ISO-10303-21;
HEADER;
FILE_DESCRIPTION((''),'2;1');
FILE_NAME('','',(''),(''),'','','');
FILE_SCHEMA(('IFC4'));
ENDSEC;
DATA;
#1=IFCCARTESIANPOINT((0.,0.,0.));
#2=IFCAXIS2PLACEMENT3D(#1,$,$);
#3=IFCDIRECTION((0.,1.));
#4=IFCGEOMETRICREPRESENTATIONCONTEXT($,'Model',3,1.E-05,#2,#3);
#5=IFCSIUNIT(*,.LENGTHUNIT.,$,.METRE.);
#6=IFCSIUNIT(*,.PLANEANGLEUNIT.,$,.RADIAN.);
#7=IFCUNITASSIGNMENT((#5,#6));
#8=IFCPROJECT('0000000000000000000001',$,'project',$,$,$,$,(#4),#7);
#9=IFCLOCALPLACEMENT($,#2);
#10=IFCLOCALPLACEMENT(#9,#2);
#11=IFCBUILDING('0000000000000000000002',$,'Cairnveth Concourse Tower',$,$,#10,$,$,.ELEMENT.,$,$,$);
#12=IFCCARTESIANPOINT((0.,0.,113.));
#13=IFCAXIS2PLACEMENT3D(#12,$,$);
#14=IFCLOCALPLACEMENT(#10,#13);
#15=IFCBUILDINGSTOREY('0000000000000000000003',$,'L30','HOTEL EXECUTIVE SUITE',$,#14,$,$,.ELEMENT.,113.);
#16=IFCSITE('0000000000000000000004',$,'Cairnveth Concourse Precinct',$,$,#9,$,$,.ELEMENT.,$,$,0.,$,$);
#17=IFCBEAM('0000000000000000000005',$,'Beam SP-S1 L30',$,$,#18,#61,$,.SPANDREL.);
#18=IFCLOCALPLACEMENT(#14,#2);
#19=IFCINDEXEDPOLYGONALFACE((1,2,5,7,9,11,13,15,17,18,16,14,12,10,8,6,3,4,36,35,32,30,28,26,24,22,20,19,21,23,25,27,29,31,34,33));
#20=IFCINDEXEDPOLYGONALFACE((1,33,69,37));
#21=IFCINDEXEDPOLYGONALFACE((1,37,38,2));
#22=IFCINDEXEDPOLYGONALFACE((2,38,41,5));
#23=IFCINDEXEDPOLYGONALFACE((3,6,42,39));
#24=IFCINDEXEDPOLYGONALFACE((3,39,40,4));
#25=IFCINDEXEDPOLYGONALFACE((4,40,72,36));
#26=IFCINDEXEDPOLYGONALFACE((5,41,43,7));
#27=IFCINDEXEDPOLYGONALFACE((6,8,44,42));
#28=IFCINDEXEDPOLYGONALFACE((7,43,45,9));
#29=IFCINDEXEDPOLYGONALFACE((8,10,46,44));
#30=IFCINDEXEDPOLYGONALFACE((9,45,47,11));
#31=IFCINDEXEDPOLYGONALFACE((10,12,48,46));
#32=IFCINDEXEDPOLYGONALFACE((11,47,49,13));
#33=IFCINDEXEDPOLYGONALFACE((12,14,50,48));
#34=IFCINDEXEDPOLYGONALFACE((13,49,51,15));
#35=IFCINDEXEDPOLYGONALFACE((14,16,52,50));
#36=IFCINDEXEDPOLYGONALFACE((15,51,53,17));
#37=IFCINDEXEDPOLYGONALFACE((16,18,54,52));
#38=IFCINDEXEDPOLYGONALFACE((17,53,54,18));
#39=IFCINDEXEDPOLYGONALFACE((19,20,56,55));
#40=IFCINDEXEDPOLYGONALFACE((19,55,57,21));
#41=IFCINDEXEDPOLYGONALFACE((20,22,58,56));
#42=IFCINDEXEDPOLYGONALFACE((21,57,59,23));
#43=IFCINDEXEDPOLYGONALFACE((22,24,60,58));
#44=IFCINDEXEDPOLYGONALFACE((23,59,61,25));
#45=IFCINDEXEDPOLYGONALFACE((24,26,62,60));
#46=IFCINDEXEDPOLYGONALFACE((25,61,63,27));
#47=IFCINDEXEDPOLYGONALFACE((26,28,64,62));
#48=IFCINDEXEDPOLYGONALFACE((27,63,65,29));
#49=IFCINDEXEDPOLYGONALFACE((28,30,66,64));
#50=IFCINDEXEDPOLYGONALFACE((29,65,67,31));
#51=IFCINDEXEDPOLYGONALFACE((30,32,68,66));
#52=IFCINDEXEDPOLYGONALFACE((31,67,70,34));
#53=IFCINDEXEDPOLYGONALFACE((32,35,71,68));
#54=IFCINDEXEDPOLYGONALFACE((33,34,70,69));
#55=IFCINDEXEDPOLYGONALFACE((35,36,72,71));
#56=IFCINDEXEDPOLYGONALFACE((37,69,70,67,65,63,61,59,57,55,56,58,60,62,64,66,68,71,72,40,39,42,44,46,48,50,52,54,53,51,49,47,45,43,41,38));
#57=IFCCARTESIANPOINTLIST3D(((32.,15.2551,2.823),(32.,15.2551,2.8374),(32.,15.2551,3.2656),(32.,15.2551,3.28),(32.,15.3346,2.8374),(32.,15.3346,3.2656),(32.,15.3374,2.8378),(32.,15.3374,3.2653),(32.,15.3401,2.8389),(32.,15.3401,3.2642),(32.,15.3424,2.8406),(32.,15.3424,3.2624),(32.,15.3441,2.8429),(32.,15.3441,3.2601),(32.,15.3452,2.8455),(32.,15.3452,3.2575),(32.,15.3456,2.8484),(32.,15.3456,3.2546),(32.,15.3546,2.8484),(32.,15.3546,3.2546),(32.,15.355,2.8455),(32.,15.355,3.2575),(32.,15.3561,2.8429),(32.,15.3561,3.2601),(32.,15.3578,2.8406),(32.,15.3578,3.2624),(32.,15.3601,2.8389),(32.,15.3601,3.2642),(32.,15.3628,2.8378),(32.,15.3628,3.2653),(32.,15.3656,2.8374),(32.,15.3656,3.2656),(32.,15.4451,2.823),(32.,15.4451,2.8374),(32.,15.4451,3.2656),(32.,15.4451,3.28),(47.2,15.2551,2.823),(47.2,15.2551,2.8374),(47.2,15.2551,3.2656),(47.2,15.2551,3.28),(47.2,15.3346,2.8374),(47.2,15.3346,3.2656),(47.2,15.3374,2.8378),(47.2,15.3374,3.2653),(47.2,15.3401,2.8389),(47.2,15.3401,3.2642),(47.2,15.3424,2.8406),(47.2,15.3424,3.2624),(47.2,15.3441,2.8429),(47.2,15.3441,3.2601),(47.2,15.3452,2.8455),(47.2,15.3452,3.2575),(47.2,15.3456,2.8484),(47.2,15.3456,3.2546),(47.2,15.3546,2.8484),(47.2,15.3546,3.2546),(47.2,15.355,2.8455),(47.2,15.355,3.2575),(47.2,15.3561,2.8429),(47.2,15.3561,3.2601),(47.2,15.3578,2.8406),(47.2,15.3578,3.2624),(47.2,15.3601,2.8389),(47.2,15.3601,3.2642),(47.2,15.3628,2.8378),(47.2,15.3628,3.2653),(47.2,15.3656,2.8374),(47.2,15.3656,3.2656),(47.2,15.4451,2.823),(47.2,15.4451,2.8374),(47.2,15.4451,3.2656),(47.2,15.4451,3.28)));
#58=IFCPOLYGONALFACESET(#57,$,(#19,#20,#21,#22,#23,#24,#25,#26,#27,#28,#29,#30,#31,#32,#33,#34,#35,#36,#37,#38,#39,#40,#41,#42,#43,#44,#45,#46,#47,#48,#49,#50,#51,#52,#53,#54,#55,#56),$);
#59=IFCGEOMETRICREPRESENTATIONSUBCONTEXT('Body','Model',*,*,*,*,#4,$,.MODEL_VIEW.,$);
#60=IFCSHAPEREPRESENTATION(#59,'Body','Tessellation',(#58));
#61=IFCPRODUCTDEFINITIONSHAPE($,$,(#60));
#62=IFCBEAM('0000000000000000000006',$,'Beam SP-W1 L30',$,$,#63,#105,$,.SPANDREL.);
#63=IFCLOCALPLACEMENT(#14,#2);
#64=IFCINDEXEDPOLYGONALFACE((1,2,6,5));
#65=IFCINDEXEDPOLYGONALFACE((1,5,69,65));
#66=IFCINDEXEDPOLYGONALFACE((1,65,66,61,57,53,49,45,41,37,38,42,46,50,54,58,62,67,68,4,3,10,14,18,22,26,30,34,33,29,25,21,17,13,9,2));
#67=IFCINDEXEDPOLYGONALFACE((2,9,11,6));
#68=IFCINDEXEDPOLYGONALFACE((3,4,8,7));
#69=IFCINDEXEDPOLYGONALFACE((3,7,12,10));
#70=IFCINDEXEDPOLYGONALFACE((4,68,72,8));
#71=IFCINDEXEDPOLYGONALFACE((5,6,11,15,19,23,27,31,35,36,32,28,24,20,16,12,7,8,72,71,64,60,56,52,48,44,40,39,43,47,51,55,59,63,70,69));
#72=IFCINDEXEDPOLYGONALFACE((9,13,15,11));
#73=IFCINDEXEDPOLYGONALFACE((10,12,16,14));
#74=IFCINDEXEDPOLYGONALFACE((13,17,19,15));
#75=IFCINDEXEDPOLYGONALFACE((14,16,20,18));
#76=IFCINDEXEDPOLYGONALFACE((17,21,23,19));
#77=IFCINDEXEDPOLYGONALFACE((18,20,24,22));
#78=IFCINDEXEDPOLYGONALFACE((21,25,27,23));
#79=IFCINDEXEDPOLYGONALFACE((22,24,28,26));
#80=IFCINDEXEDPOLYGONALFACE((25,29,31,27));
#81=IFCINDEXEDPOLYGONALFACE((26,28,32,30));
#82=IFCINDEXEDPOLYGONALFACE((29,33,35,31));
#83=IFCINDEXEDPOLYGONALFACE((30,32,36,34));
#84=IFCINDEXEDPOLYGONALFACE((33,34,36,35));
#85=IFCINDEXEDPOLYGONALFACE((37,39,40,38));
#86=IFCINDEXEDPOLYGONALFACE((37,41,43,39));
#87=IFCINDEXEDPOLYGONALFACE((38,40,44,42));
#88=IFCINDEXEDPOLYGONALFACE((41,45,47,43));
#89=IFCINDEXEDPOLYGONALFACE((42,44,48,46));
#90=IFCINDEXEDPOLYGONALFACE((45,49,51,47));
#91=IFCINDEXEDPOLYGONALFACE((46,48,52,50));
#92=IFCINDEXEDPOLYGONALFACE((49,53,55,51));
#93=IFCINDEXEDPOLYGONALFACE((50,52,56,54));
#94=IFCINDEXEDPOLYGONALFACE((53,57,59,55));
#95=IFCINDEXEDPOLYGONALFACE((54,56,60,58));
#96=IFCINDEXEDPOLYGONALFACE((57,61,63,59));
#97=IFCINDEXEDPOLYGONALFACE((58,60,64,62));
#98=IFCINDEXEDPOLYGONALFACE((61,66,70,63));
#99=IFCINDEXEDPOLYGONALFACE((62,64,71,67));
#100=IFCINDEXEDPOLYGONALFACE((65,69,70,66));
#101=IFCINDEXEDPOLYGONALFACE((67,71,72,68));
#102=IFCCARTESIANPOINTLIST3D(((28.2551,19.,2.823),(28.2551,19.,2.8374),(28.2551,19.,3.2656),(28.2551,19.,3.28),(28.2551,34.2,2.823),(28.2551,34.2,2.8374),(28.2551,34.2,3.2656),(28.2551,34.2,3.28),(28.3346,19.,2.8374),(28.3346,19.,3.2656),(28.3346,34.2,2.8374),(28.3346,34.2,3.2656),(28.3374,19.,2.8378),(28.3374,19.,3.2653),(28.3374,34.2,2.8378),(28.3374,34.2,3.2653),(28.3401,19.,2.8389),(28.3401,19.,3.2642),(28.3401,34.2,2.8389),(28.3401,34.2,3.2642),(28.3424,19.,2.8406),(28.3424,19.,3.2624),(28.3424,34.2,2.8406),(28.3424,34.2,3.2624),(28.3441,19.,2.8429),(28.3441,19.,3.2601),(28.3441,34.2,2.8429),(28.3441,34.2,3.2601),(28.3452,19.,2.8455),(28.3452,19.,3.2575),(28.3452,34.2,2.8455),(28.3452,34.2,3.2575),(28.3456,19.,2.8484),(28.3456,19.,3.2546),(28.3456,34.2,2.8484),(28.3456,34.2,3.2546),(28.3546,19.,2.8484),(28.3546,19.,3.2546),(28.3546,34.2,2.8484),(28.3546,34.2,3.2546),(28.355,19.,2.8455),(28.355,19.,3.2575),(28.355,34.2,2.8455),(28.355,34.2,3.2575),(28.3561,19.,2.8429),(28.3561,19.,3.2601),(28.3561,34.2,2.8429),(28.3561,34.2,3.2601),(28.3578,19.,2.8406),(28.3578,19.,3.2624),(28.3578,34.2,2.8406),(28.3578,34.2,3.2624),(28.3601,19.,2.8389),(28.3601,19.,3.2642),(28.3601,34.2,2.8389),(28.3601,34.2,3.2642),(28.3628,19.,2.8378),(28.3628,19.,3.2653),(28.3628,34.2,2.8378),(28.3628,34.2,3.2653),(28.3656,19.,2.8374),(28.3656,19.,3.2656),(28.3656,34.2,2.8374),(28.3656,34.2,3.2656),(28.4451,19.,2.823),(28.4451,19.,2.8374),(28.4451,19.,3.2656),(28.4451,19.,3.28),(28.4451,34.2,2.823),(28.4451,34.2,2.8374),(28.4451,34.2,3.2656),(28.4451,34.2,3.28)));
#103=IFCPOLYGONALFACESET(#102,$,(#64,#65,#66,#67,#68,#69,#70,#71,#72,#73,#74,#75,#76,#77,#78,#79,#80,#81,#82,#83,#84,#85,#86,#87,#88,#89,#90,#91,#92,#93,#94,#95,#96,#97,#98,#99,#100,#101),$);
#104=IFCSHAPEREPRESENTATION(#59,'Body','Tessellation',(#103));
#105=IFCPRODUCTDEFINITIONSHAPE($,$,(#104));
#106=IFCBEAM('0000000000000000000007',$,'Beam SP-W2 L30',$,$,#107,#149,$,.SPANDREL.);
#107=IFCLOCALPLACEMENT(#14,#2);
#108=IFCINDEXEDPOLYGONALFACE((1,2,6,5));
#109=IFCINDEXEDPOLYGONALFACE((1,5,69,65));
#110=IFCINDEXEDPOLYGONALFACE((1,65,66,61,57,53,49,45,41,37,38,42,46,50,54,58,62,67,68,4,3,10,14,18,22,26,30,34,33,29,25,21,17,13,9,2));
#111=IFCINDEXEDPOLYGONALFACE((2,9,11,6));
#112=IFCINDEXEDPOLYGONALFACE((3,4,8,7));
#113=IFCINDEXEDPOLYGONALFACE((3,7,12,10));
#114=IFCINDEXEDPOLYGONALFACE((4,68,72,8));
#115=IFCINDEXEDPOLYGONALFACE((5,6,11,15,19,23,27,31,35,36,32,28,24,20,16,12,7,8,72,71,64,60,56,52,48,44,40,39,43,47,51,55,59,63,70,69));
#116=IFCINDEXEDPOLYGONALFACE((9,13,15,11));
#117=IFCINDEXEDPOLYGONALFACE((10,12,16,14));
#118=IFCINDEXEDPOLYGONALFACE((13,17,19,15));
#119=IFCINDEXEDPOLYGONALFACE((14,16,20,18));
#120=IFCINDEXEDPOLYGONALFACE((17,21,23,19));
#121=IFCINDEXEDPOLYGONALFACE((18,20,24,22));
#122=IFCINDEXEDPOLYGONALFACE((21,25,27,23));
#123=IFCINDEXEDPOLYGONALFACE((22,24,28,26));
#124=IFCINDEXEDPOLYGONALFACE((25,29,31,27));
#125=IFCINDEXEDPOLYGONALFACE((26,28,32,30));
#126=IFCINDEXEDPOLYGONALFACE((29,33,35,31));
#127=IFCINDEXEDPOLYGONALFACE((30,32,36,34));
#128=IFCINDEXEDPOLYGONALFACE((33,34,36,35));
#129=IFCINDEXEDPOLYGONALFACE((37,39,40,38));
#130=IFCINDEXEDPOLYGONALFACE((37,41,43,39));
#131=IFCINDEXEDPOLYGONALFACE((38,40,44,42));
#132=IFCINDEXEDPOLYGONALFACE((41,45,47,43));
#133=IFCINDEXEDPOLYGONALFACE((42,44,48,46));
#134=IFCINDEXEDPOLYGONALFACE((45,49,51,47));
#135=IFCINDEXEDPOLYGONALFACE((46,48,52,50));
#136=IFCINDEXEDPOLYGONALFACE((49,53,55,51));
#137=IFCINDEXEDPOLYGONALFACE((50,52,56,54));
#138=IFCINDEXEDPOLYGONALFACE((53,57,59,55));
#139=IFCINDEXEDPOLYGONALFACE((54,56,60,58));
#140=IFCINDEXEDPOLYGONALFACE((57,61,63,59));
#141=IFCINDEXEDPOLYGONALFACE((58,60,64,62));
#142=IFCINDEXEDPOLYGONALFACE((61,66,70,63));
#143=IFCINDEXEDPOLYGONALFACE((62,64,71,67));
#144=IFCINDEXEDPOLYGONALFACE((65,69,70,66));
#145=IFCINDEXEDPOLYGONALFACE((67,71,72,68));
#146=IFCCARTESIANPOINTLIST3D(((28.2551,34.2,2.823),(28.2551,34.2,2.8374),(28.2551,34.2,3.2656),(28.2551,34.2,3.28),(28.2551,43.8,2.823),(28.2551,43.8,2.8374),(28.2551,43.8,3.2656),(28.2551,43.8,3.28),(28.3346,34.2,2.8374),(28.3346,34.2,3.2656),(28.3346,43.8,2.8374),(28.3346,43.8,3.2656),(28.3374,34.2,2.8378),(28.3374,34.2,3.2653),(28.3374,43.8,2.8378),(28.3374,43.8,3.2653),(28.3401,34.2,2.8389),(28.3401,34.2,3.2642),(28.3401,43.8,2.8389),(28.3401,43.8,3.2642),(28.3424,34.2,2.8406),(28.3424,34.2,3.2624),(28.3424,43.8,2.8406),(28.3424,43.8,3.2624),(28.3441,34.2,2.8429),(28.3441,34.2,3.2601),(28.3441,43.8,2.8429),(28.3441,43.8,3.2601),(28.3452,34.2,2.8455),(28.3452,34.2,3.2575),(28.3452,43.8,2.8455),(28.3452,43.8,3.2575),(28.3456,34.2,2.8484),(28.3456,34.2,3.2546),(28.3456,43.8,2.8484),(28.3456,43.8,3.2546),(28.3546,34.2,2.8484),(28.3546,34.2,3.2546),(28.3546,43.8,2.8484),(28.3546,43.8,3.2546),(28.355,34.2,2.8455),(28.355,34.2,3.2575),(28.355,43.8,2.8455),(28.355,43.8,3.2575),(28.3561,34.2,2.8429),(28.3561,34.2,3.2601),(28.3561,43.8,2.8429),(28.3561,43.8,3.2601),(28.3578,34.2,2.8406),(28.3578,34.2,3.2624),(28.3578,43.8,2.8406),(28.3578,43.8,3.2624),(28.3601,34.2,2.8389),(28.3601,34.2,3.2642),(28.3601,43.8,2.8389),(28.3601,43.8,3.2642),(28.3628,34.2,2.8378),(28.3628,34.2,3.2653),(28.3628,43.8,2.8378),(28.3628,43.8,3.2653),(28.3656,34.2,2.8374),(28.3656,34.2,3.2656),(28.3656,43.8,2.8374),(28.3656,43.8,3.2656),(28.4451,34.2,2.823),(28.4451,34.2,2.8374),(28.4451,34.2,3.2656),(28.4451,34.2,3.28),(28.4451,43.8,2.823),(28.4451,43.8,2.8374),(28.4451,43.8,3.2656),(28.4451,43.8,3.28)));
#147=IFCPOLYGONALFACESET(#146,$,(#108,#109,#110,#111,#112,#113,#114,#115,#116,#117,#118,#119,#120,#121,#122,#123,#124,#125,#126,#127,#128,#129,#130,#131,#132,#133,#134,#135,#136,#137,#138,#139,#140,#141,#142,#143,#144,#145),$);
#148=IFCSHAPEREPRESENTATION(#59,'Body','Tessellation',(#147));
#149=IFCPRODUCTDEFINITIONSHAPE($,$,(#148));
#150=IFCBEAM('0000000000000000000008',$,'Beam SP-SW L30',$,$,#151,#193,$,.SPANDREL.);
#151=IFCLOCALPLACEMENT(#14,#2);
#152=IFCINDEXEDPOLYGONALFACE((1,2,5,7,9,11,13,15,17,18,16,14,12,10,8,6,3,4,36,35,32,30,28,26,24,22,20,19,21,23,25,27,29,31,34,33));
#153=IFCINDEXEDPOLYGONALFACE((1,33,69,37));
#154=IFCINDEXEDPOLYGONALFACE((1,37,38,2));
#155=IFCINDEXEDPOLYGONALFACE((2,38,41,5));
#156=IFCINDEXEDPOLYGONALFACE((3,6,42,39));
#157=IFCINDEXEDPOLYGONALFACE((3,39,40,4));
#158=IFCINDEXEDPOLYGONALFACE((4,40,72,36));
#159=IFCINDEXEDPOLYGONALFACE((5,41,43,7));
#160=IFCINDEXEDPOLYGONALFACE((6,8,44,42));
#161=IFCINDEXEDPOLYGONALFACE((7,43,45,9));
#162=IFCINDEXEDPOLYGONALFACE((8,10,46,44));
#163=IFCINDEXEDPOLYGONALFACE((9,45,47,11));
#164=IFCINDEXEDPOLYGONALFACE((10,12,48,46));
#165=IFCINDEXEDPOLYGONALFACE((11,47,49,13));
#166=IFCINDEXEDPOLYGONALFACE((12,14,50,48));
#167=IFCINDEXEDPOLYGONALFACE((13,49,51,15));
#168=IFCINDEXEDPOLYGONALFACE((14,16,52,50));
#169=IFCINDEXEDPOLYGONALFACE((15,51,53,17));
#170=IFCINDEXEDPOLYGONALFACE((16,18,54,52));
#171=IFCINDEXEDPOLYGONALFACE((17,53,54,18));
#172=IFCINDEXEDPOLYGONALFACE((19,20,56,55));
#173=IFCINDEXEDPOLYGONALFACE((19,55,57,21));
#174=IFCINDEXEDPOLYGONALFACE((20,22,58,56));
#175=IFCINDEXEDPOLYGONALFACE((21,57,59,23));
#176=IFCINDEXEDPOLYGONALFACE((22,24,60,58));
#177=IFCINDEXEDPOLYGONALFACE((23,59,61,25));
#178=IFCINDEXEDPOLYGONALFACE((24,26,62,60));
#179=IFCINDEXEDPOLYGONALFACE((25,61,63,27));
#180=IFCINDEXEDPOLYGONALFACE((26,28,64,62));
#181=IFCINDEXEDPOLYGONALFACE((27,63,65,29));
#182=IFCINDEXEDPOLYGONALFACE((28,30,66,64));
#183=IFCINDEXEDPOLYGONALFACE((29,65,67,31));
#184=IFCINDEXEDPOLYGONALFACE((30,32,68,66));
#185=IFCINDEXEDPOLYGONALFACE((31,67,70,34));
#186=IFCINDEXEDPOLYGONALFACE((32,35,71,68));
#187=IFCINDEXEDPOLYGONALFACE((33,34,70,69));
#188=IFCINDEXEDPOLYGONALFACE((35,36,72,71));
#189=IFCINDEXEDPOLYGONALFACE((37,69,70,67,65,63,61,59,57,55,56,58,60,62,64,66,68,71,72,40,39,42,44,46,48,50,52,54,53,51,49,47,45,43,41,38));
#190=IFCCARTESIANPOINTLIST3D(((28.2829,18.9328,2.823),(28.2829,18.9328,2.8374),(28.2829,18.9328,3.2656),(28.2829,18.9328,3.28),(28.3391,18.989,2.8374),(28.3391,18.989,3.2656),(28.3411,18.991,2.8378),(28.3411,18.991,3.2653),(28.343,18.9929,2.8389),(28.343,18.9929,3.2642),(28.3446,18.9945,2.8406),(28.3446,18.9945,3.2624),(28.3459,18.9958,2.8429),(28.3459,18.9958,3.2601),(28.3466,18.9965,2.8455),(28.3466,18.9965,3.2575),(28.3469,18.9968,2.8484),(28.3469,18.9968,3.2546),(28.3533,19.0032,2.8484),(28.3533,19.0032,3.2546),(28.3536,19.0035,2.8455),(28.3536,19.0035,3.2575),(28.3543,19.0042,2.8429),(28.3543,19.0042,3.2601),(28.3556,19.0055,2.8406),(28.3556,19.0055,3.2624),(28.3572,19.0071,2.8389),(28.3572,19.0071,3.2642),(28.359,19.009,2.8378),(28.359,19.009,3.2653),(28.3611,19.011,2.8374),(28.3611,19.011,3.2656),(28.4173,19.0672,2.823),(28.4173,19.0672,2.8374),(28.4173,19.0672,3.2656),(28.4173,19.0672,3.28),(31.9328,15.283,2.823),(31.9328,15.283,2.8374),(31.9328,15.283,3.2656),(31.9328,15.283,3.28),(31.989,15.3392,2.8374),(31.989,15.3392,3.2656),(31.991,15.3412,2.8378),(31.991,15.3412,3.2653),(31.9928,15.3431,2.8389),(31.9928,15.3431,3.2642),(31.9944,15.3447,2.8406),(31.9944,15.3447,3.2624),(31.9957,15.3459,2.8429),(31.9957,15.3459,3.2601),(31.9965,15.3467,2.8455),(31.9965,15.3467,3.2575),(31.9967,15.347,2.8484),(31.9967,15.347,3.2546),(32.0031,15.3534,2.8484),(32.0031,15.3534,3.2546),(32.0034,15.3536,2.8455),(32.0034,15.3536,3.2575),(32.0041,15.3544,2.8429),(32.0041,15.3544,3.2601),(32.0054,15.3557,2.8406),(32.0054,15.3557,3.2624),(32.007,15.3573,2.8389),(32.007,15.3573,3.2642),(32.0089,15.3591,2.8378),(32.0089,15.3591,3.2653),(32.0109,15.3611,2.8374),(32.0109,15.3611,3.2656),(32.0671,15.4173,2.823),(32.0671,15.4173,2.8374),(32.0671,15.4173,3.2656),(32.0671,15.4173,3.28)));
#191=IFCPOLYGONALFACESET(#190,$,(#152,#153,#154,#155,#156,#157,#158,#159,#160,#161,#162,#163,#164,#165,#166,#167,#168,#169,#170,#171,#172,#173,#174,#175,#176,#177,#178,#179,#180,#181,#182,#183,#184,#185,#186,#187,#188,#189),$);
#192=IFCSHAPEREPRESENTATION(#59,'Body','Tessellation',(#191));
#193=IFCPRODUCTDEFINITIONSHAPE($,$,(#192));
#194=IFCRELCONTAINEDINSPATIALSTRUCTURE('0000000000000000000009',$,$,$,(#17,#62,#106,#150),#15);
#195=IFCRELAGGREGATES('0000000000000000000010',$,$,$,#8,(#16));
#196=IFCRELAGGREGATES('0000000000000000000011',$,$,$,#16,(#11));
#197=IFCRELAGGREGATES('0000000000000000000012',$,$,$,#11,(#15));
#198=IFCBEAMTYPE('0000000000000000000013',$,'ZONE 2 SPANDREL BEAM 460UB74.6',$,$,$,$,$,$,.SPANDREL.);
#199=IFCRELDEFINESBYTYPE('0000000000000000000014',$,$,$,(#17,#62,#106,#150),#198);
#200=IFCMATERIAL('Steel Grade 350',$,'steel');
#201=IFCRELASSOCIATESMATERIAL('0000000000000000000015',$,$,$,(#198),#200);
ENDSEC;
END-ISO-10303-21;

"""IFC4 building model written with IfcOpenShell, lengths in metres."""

from ifc_helpers import new_model, si_unit, direction, frame, origin, origin_2d, place, context, subcontext, project, spatial, i_section, extrude, material, material_profile, profile_set, type_object, element, save


model = new_model("IFC4")

# Units and contexts
model_context = context("Model", 3, precision=1e-05, world=origin(), true_north=direction((0.0, 1.0)))
body_context = subcontext(model_context, "Body", "Model", "MODEL_VIEW")
ifc_project = project(units=[si_unit("LENGTHUNIT", "METRE"), si_unit("PLANEANGLEUNIT", "RADIAN")], contexts=[model_context])

# Site, building, storey
site_placement = place(None, origin())
site = spatial("IfcSite", under=ifc_project, at=site_placement, Name="Cairnveth Concourse Precinct", CompositionType="ELEMENT", RefElevation=0.0)
building_placement = place(site_placement, origin())
building = spatial("IfcBuilding", under=site, at=building_placement, Name="Cairnveth Concourse Tower", CompositionType="ELEMENT")
storey_placement = place(building_placement, frame((0.0, 0.0, 113.0)))
storey = spatial("IfcBuildingStorey", under=building, at=storey_placement, Name="L30", Description="HOTEL EXECUTIVE SUITE", CompositionType="ELEMENT", Elevation=113.0)

# Shared definitions
ifc_material_1 = material(Name="Steel Grade 350", Category="steel")

# Beams
ifc_material_profile_1 = material_profile(ifc_material_1, i_section(OverallWidth=0.1899, OverallDepth=0.457, WebThickness=0.009, FlangeThickness=0.0144, FilletRadius=0.011, at=origin_2d()), Name="460UB74.6")
ifc_profile_set_1 = profile_set([ifc_material_profile_1], Name="Steel Grade 350")
beam_type_1 = type_object("IfcBeamType", Name="ZONE 2 SPANDREL BEAM 460UB74.6", PredefinedType="SPANDREL", material=ifc_profile_set_1)
for number, where, z_axis, x_axis, name in (
    (1, (32.0, 15.3501, 3.0515), (1.0, 0.0, 0.0), (0.0, 1.0, 0.0), "Beam SP-S1 L30"),
    (2, (28.3501, 19.0, 3.0515), (0.0, 1.0, 0.0), (-1.0, 0.0, 0.0), "Beam SP-W1 L30"),
):
    element("IfcBeam", number, at=place(storey_placement, frame(where, z_axis=z_axis, x_axis=x_axis)), inside=storey, type_object=beam_type_1, Name=name, PredefinedType="SPANDREL", context=body_context, shape_type="SweptSolid", body=[
        extrude(i_section(OverallWidth=0.1899, OverallDepth=0.457, WebThickness=0.009, FlangeThickness=0.0144, FilletRadius=0.011, at=origin_2d()), origin(), (0.0, 0.0, 1.0), 15.2),
    ])
beam_1_placement = place(storey_placement, frame((28.3501, 34.2, 3.0515), z_axis=(0.0, 1.0, 0.0), x_axis=(-1.0, 0.0, 0.0)))
element("IfcBeam", 3, at=beam_1_placement, inside=storey, type_object=beam_type_1, Name="Beam SP-W2 L30", PredefinedType="SPANDREL", context=body_context, shape_type="SweptSolid", body=[
    extrude(i_section(OverallWidth=0.1899, OverallDepth=0.457, WebThickness=0.009, FlangeThickness=0.0144, FilletRadius=0.011, at=origin_2d()), origin(), (0.0, 0.0, 1.0), 9.6001),
])
beam_2_placement = place(storey_placement, frame((28.3501, 19.0, 3.0515), z_axis=(0.707107, -0.707107, 0.0), x_axis=(0.707107, 0.707107, 0.0)))
element("IfcBeam", 4, at=beam_2_placement, inside=storey, type_object=beam_type_1, Name="Beam SP-SW L30", PredefinedType="SPANDREL", context=body_context, shape_type="SweptSolid", body=[
    extrude(i_section(OverallWidth=0.1899, OverallDepth=0.457, WebThickness=0.009, FlangeThickness=0.0144, FilletRadius=0.011, at=origin_2d()), origin(), (0.0, 0.0, 1.0), 5.1616),
])

save(model, "model.ifc")
